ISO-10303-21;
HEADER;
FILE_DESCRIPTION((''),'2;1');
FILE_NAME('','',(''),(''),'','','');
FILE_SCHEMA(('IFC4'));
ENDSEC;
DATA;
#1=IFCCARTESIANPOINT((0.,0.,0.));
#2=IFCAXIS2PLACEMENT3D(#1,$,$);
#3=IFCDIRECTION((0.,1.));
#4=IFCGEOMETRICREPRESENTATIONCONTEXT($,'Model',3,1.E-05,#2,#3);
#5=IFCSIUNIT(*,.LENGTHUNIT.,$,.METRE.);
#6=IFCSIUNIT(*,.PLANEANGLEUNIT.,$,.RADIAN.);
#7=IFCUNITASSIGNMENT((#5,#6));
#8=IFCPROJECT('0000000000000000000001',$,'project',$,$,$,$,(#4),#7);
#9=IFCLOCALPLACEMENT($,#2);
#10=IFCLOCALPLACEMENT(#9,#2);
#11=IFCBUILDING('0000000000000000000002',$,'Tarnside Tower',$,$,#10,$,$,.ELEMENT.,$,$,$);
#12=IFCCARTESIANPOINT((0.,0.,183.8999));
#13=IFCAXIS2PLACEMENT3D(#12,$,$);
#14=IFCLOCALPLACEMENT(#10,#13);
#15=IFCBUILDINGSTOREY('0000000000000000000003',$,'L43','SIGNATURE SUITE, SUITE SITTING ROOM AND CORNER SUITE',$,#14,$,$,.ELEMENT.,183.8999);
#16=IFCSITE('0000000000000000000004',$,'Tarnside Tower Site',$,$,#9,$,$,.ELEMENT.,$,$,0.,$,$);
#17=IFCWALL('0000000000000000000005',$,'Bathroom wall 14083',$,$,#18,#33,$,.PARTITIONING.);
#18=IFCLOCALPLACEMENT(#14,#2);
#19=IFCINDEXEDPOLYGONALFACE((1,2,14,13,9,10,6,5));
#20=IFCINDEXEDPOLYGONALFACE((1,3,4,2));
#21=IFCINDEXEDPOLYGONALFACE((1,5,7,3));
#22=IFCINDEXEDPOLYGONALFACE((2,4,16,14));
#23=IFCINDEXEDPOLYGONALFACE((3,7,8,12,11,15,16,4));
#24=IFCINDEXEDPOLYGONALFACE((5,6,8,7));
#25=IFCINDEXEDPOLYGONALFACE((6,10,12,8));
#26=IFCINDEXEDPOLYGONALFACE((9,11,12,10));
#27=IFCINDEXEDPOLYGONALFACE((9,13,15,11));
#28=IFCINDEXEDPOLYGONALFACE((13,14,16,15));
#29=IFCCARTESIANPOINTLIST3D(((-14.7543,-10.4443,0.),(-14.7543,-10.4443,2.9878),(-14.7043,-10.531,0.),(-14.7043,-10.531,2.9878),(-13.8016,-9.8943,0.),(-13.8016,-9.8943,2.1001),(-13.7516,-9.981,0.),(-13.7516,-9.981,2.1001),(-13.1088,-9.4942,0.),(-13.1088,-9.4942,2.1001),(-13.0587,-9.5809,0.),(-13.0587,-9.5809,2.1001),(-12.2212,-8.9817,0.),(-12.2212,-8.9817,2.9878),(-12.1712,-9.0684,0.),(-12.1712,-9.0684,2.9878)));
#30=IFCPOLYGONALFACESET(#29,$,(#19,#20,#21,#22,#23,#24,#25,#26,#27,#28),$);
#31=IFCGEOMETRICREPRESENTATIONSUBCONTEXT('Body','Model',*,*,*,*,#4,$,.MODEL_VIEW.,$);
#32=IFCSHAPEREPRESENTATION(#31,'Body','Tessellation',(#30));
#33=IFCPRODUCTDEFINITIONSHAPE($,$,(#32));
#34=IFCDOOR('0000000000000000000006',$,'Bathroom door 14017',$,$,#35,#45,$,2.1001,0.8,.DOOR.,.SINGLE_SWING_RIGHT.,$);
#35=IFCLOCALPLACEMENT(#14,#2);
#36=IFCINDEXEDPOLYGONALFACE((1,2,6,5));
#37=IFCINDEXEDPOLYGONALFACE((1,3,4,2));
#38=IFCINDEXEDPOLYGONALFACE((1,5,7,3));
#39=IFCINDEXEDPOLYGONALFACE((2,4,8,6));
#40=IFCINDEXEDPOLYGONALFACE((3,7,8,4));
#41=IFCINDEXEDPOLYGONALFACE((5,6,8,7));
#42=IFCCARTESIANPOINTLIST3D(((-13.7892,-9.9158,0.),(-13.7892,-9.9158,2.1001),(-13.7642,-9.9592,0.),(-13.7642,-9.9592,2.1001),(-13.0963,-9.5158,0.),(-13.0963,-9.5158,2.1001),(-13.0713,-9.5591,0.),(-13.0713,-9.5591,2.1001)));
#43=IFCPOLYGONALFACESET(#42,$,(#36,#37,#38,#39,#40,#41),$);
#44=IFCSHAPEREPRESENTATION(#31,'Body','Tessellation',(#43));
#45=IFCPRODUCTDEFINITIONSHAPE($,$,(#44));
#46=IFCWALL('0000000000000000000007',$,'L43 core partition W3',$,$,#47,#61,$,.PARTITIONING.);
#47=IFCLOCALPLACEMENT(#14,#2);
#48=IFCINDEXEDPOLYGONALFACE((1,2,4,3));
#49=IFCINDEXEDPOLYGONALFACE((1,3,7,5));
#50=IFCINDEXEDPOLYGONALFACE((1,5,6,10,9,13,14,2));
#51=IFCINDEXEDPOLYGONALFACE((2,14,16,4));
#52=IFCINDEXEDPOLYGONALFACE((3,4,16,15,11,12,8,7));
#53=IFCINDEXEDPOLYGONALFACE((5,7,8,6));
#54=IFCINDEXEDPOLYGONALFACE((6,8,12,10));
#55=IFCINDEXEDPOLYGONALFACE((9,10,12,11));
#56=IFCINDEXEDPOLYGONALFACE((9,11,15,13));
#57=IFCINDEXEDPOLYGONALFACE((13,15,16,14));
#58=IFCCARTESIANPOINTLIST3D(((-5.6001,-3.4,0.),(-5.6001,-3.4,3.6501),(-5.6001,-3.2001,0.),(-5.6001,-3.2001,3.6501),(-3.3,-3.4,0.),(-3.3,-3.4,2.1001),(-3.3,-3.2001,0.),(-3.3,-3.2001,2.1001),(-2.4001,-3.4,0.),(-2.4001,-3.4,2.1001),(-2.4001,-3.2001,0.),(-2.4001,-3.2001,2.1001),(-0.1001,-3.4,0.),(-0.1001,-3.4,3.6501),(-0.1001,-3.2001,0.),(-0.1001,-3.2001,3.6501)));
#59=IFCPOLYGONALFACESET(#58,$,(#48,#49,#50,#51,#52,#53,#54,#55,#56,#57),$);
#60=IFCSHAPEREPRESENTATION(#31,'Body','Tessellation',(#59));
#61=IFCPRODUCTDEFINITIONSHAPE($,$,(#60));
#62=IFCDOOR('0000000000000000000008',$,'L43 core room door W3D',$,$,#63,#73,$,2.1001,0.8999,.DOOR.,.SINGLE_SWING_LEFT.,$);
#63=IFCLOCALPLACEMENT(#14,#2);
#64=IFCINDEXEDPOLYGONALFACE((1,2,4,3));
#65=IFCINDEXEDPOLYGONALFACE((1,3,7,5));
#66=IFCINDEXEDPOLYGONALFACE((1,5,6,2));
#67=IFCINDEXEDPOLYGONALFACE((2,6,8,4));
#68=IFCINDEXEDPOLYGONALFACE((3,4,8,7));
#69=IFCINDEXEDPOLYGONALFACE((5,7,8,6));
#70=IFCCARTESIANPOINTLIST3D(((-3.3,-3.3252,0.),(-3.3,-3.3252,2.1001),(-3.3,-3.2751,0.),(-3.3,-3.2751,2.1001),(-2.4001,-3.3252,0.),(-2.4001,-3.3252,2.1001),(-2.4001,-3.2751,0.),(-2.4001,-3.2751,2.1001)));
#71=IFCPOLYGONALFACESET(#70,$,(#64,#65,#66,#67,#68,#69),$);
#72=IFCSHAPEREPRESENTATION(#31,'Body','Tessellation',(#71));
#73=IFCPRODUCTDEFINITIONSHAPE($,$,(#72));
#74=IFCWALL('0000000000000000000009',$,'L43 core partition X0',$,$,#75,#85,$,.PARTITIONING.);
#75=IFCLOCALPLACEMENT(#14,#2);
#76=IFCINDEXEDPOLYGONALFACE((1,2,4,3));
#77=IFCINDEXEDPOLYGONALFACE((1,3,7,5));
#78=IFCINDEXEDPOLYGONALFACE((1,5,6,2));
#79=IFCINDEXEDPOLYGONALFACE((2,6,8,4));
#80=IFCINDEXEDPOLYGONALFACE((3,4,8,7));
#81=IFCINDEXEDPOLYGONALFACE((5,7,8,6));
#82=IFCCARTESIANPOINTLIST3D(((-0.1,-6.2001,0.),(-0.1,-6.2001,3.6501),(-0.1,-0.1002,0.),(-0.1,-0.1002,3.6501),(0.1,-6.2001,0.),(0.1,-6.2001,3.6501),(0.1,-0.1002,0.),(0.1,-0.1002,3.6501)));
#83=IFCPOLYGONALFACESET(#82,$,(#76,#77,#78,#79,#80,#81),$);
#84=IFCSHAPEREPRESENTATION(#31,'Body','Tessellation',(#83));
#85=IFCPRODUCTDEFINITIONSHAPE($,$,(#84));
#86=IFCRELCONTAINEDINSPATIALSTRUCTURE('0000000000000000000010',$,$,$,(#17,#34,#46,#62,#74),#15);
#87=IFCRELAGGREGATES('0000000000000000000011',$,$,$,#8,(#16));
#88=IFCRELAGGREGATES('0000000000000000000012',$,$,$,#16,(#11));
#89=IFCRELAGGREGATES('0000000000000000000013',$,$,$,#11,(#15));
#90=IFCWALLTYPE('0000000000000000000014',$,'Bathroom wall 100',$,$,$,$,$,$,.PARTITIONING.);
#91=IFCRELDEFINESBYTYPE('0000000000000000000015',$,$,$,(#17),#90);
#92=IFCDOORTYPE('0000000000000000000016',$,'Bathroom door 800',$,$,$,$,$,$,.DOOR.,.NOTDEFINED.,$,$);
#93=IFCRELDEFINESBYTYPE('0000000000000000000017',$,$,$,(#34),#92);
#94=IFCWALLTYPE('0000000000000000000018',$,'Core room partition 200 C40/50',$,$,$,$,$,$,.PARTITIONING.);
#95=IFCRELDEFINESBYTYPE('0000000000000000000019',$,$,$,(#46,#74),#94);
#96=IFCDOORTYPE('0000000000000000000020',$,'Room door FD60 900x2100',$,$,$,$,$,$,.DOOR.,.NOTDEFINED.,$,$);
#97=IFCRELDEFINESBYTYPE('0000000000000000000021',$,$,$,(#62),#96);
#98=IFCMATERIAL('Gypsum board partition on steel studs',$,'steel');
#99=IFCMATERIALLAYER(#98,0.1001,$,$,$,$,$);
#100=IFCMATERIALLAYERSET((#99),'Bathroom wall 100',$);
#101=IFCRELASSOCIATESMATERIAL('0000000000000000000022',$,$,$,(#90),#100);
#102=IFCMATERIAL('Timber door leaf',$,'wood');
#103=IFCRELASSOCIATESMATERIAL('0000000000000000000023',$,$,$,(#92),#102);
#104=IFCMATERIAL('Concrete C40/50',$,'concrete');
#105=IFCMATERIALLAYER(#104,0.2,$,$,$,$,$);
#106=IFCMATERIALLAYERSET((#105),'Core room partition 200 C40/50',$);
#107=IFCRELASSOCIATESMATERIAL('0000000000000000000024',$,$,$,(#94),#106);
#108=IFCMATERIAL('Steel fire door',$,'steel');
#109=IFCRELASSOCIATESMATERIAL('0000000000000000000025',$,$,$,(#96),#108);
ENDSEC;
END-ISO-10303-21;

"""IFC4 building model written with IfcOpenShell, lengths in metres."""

from ifc_helpers import new_model, si_unit, direction, frame, frame_2d, origin, place, context, subcontext, project, spatial, rectangle, extrude, material, layer, layer_set, type_object, element, fill, save


model = new_model("IFC4")

# Units and contexts
model_context = context("Model", 3, precision=1e-05, world=origin(), true_north=direction((0.0, 1.0)))
body_context = subcontext(model_context, "Body", "Model", "MODEL_VIEW")
ifc_project = project(units=[si_unit("LENGTHUNIT", "METRE"), si_unit("PLANEANGLEUNIT", "RADIAN")], contexts=[model_context])

# Site, building, storey
site_placement = place(None, origin())
site = spatial("IfcSite", under=ifc_project, at=site_placement, Name="Tarnside Tower Site", CompositionType="ELEMENT", RefElevation=0.0)
building_placement = place(site_placement, origin())
building = spatial("IfcBuilding", under=site, at=building_placement, Name="Tarnside Tower", CompositionType="ELEMENT")
storey_placement = place(building_placement, frame((0.0, 0.0, 183.8999)))
storey = spatial("IfcBuildingStorey", under=building, at=storey_placement, Name="L43", Description="SIGNATURE SUITE, SUITE SITTING ROOM AND CORNER SUITE", CompositionType="ELEMENT", Elevation=183.8999)

# Walls, openings, doors
ifc_material_1 = material(Name="Gypsum board partition on steel studs", Category="steel")
ifc_layer_1 = layer(ifc_material_1, 0.1001)
ifc_layer_set_1 = layer_set([ifc_layer_1], Name="Bathroom wall 100")
wall_type_1 = type_object("IfcWallType", Name="Bathroom wall 100", PredefinedType="PARTITIONING", material=ifc_layer_set_1)
wall_1_placement = place(storey_placement, frame((-12.1963, -9.0251, 0.0), z_axis=(0.0, 0.0, 1.0), x_axis=(-0.86601, -0.500026, 0.0)))
wall_1 = element("IfcWall", 1, at=wall_1_placement, inside=storey, type_object=wall_type_1, Name="Bathroom wall 14083", PredefinedType="PARTITIONING", context=body_context, shape_type="SweptSolid", body=[
    extrude(rectangle(XDim=2.925, YDim=0.1001, at=frame_2d((1.4624, 0.0))), origin(), (0.0, 0.0, 1.0), 2.9878),
])
opening_1_placement = place(wall_1_placement, frame((1.0249, 0.0, 0.0)))
opening_1 = element("IfcOpeningElement", 2, at=opening_1_placement, cuts=wall_1, PredefinedType="OPENING", context=body_context, shape_type="SweptSolid", body=[
    extrude(rectangle(XDim=0.8, YDim=2.1001, at=frame_2d((0.3999, 1.05))), frame((0.0, 0.0601, 0.0), z_axis=(0.0, -1.0, 0.0), x_axis=(1.0, 0.0, 0.0)), (0.0, 0.0, 1.0), 0.1201),
])
ifc_material_2 = material(Name="Timber door leaf", Category="wood")
door_type_1 = type_object("IfcDoorType", Name="Bathroom door 800", OperationType="NOTDEFINED", PredefinedType="DOOR", material=ifc_material_2)
door_1_placement = place(opening_1_placement, origin())
door_1 = element("IfcDoor", 3, at=door_1_placement, inside=storey, type_object=door_type_1, Name="Bathroom door 14017", OperationType="SINGLE_SWING_RIGHT", OverallHeight=2.1001, OverallWidth=0.8, PredefinedType="DOOR", context=body_context, shape_type="SweptSolid", body=[
    extrude(rectangle(XDim=0.8, YDim=2.1001, at=frame_2d((0.3999, 1.05))), frame((0.0, 0.0249, 0.0), z_axis=(0.0, -1.0, 0.0), x_axis=(1.0, 0.0, 0.0)), (0.0, 0.0, 1.0), 0.05),
])
fill(opening_1, door_1)
ifc_material_3 = material(Name="Concrete C40/50", Category="concrete")
ifc_layer_2 = layer(ifc_material_3, 0.2)
ifc_layer_set_2 = layer_set([ifc_layer_2], Name="Core room partition 200 C40/50")
wall_type_2 = type_object("IfcWallType", Name="Core room partition 200 C40/50", PredefinedType="PARTITIONING", material=ifc_layer_set_2)
wall_2_placement = place(storey_placement, frame((-5.6001, -3.3, 0.0), z_axis=(0.0, 0.0, 1.0), x_axis=(1.0, 0.0, 0.0)))
wall_2 = element("IfcWall", 4, at=wall_2_placement, inside=storey, type_object=wall_type_2, Name="L43 core partition W3", PredefinedType="PARTITIONING", context=body_context, shape_type="SweptSolid", body=[
    extrude(rectangle(XDim=5.5, YDim=0.2, at=frame_2d((2.75, 0.0))), origin(), (0.0, 0.0, 1.0), 3.6501),
])
opening_2_placement = place(wall_2_placement, frame((2.3, 0.0, 0.0)))
opening_2 = element("IfcOpeningElement", 5, at=opening_2_placement, cuts=wall_2, PredefinedType="OPENING", context=body_context, shape_type="SweptSolid", body=[
    extrude(rectangle(XDim=0.8999, YDim=2.1001, at=frame_2d((0.45, 1.05))), frame((0.0, 0.1099, 0.0), z_axis=(0.0, -1.0, 0.0), x_axis=(1.0, 0.0, 0.0)), (0.0, 0.0, 1.0), 0.22),
])
ifc_material_4 = material(Name="Steel fire door", Category="steel")
door_type_2 = type_object("IfcDoorType", Name="Room door FD60 900x2100", OperationType="NOTDEFINED", PredefinedType="DOOR", material=ifc_material_4)
door_2_placement = place(opening_2_placement, origin())
door_2 = element("IfcDoor", 6, at=door_2_placement, inside=storey, type_object=door_type_2, Name="L43 core room door W3D", OperationType="SINGLE_SWING_LEFT", OverallHeight=2.1001, OverallWidth=0.8999, PredefinedType="DOOR", context=body_context, shape_type="SweptSolid", body=[
    extrude(rectangle(XDim=0.8999, YDim=2.1001, at=frame_2d((0.45, 1.05))), frame((0.0, 0.0249, 0.0), z_axis=(0.0, -1.0, 0.0), x_axis=(1.0, 0.0, 0.0)), (0.0, 0.0, 1.0), 0.05),
])
fill(opening_2, door_2)

# Wall
wall_3_placement = place(storey_placement, frame((0.0, -6.2, 0.0), z_axis=(0.0, 0.0, 1.0), x_axis=(0.0, 1.0, 0.0)))
element("IfcWall", 7, at=wall_3_placement, inside=storey, type_object=wall_type_2, Name="L43 core partition X0", PredefinedType="PARTITIONING", context=body_context, shape_type="SweptSolid", body=[
    extrude(rectangle(XDim=6.0999, YDim=0.2, at=frame_2d((3.0498, 0.0))), origin(), (0.0, 0.0, 1.0), 3.6501),
])

save(model, "model.ifc")
